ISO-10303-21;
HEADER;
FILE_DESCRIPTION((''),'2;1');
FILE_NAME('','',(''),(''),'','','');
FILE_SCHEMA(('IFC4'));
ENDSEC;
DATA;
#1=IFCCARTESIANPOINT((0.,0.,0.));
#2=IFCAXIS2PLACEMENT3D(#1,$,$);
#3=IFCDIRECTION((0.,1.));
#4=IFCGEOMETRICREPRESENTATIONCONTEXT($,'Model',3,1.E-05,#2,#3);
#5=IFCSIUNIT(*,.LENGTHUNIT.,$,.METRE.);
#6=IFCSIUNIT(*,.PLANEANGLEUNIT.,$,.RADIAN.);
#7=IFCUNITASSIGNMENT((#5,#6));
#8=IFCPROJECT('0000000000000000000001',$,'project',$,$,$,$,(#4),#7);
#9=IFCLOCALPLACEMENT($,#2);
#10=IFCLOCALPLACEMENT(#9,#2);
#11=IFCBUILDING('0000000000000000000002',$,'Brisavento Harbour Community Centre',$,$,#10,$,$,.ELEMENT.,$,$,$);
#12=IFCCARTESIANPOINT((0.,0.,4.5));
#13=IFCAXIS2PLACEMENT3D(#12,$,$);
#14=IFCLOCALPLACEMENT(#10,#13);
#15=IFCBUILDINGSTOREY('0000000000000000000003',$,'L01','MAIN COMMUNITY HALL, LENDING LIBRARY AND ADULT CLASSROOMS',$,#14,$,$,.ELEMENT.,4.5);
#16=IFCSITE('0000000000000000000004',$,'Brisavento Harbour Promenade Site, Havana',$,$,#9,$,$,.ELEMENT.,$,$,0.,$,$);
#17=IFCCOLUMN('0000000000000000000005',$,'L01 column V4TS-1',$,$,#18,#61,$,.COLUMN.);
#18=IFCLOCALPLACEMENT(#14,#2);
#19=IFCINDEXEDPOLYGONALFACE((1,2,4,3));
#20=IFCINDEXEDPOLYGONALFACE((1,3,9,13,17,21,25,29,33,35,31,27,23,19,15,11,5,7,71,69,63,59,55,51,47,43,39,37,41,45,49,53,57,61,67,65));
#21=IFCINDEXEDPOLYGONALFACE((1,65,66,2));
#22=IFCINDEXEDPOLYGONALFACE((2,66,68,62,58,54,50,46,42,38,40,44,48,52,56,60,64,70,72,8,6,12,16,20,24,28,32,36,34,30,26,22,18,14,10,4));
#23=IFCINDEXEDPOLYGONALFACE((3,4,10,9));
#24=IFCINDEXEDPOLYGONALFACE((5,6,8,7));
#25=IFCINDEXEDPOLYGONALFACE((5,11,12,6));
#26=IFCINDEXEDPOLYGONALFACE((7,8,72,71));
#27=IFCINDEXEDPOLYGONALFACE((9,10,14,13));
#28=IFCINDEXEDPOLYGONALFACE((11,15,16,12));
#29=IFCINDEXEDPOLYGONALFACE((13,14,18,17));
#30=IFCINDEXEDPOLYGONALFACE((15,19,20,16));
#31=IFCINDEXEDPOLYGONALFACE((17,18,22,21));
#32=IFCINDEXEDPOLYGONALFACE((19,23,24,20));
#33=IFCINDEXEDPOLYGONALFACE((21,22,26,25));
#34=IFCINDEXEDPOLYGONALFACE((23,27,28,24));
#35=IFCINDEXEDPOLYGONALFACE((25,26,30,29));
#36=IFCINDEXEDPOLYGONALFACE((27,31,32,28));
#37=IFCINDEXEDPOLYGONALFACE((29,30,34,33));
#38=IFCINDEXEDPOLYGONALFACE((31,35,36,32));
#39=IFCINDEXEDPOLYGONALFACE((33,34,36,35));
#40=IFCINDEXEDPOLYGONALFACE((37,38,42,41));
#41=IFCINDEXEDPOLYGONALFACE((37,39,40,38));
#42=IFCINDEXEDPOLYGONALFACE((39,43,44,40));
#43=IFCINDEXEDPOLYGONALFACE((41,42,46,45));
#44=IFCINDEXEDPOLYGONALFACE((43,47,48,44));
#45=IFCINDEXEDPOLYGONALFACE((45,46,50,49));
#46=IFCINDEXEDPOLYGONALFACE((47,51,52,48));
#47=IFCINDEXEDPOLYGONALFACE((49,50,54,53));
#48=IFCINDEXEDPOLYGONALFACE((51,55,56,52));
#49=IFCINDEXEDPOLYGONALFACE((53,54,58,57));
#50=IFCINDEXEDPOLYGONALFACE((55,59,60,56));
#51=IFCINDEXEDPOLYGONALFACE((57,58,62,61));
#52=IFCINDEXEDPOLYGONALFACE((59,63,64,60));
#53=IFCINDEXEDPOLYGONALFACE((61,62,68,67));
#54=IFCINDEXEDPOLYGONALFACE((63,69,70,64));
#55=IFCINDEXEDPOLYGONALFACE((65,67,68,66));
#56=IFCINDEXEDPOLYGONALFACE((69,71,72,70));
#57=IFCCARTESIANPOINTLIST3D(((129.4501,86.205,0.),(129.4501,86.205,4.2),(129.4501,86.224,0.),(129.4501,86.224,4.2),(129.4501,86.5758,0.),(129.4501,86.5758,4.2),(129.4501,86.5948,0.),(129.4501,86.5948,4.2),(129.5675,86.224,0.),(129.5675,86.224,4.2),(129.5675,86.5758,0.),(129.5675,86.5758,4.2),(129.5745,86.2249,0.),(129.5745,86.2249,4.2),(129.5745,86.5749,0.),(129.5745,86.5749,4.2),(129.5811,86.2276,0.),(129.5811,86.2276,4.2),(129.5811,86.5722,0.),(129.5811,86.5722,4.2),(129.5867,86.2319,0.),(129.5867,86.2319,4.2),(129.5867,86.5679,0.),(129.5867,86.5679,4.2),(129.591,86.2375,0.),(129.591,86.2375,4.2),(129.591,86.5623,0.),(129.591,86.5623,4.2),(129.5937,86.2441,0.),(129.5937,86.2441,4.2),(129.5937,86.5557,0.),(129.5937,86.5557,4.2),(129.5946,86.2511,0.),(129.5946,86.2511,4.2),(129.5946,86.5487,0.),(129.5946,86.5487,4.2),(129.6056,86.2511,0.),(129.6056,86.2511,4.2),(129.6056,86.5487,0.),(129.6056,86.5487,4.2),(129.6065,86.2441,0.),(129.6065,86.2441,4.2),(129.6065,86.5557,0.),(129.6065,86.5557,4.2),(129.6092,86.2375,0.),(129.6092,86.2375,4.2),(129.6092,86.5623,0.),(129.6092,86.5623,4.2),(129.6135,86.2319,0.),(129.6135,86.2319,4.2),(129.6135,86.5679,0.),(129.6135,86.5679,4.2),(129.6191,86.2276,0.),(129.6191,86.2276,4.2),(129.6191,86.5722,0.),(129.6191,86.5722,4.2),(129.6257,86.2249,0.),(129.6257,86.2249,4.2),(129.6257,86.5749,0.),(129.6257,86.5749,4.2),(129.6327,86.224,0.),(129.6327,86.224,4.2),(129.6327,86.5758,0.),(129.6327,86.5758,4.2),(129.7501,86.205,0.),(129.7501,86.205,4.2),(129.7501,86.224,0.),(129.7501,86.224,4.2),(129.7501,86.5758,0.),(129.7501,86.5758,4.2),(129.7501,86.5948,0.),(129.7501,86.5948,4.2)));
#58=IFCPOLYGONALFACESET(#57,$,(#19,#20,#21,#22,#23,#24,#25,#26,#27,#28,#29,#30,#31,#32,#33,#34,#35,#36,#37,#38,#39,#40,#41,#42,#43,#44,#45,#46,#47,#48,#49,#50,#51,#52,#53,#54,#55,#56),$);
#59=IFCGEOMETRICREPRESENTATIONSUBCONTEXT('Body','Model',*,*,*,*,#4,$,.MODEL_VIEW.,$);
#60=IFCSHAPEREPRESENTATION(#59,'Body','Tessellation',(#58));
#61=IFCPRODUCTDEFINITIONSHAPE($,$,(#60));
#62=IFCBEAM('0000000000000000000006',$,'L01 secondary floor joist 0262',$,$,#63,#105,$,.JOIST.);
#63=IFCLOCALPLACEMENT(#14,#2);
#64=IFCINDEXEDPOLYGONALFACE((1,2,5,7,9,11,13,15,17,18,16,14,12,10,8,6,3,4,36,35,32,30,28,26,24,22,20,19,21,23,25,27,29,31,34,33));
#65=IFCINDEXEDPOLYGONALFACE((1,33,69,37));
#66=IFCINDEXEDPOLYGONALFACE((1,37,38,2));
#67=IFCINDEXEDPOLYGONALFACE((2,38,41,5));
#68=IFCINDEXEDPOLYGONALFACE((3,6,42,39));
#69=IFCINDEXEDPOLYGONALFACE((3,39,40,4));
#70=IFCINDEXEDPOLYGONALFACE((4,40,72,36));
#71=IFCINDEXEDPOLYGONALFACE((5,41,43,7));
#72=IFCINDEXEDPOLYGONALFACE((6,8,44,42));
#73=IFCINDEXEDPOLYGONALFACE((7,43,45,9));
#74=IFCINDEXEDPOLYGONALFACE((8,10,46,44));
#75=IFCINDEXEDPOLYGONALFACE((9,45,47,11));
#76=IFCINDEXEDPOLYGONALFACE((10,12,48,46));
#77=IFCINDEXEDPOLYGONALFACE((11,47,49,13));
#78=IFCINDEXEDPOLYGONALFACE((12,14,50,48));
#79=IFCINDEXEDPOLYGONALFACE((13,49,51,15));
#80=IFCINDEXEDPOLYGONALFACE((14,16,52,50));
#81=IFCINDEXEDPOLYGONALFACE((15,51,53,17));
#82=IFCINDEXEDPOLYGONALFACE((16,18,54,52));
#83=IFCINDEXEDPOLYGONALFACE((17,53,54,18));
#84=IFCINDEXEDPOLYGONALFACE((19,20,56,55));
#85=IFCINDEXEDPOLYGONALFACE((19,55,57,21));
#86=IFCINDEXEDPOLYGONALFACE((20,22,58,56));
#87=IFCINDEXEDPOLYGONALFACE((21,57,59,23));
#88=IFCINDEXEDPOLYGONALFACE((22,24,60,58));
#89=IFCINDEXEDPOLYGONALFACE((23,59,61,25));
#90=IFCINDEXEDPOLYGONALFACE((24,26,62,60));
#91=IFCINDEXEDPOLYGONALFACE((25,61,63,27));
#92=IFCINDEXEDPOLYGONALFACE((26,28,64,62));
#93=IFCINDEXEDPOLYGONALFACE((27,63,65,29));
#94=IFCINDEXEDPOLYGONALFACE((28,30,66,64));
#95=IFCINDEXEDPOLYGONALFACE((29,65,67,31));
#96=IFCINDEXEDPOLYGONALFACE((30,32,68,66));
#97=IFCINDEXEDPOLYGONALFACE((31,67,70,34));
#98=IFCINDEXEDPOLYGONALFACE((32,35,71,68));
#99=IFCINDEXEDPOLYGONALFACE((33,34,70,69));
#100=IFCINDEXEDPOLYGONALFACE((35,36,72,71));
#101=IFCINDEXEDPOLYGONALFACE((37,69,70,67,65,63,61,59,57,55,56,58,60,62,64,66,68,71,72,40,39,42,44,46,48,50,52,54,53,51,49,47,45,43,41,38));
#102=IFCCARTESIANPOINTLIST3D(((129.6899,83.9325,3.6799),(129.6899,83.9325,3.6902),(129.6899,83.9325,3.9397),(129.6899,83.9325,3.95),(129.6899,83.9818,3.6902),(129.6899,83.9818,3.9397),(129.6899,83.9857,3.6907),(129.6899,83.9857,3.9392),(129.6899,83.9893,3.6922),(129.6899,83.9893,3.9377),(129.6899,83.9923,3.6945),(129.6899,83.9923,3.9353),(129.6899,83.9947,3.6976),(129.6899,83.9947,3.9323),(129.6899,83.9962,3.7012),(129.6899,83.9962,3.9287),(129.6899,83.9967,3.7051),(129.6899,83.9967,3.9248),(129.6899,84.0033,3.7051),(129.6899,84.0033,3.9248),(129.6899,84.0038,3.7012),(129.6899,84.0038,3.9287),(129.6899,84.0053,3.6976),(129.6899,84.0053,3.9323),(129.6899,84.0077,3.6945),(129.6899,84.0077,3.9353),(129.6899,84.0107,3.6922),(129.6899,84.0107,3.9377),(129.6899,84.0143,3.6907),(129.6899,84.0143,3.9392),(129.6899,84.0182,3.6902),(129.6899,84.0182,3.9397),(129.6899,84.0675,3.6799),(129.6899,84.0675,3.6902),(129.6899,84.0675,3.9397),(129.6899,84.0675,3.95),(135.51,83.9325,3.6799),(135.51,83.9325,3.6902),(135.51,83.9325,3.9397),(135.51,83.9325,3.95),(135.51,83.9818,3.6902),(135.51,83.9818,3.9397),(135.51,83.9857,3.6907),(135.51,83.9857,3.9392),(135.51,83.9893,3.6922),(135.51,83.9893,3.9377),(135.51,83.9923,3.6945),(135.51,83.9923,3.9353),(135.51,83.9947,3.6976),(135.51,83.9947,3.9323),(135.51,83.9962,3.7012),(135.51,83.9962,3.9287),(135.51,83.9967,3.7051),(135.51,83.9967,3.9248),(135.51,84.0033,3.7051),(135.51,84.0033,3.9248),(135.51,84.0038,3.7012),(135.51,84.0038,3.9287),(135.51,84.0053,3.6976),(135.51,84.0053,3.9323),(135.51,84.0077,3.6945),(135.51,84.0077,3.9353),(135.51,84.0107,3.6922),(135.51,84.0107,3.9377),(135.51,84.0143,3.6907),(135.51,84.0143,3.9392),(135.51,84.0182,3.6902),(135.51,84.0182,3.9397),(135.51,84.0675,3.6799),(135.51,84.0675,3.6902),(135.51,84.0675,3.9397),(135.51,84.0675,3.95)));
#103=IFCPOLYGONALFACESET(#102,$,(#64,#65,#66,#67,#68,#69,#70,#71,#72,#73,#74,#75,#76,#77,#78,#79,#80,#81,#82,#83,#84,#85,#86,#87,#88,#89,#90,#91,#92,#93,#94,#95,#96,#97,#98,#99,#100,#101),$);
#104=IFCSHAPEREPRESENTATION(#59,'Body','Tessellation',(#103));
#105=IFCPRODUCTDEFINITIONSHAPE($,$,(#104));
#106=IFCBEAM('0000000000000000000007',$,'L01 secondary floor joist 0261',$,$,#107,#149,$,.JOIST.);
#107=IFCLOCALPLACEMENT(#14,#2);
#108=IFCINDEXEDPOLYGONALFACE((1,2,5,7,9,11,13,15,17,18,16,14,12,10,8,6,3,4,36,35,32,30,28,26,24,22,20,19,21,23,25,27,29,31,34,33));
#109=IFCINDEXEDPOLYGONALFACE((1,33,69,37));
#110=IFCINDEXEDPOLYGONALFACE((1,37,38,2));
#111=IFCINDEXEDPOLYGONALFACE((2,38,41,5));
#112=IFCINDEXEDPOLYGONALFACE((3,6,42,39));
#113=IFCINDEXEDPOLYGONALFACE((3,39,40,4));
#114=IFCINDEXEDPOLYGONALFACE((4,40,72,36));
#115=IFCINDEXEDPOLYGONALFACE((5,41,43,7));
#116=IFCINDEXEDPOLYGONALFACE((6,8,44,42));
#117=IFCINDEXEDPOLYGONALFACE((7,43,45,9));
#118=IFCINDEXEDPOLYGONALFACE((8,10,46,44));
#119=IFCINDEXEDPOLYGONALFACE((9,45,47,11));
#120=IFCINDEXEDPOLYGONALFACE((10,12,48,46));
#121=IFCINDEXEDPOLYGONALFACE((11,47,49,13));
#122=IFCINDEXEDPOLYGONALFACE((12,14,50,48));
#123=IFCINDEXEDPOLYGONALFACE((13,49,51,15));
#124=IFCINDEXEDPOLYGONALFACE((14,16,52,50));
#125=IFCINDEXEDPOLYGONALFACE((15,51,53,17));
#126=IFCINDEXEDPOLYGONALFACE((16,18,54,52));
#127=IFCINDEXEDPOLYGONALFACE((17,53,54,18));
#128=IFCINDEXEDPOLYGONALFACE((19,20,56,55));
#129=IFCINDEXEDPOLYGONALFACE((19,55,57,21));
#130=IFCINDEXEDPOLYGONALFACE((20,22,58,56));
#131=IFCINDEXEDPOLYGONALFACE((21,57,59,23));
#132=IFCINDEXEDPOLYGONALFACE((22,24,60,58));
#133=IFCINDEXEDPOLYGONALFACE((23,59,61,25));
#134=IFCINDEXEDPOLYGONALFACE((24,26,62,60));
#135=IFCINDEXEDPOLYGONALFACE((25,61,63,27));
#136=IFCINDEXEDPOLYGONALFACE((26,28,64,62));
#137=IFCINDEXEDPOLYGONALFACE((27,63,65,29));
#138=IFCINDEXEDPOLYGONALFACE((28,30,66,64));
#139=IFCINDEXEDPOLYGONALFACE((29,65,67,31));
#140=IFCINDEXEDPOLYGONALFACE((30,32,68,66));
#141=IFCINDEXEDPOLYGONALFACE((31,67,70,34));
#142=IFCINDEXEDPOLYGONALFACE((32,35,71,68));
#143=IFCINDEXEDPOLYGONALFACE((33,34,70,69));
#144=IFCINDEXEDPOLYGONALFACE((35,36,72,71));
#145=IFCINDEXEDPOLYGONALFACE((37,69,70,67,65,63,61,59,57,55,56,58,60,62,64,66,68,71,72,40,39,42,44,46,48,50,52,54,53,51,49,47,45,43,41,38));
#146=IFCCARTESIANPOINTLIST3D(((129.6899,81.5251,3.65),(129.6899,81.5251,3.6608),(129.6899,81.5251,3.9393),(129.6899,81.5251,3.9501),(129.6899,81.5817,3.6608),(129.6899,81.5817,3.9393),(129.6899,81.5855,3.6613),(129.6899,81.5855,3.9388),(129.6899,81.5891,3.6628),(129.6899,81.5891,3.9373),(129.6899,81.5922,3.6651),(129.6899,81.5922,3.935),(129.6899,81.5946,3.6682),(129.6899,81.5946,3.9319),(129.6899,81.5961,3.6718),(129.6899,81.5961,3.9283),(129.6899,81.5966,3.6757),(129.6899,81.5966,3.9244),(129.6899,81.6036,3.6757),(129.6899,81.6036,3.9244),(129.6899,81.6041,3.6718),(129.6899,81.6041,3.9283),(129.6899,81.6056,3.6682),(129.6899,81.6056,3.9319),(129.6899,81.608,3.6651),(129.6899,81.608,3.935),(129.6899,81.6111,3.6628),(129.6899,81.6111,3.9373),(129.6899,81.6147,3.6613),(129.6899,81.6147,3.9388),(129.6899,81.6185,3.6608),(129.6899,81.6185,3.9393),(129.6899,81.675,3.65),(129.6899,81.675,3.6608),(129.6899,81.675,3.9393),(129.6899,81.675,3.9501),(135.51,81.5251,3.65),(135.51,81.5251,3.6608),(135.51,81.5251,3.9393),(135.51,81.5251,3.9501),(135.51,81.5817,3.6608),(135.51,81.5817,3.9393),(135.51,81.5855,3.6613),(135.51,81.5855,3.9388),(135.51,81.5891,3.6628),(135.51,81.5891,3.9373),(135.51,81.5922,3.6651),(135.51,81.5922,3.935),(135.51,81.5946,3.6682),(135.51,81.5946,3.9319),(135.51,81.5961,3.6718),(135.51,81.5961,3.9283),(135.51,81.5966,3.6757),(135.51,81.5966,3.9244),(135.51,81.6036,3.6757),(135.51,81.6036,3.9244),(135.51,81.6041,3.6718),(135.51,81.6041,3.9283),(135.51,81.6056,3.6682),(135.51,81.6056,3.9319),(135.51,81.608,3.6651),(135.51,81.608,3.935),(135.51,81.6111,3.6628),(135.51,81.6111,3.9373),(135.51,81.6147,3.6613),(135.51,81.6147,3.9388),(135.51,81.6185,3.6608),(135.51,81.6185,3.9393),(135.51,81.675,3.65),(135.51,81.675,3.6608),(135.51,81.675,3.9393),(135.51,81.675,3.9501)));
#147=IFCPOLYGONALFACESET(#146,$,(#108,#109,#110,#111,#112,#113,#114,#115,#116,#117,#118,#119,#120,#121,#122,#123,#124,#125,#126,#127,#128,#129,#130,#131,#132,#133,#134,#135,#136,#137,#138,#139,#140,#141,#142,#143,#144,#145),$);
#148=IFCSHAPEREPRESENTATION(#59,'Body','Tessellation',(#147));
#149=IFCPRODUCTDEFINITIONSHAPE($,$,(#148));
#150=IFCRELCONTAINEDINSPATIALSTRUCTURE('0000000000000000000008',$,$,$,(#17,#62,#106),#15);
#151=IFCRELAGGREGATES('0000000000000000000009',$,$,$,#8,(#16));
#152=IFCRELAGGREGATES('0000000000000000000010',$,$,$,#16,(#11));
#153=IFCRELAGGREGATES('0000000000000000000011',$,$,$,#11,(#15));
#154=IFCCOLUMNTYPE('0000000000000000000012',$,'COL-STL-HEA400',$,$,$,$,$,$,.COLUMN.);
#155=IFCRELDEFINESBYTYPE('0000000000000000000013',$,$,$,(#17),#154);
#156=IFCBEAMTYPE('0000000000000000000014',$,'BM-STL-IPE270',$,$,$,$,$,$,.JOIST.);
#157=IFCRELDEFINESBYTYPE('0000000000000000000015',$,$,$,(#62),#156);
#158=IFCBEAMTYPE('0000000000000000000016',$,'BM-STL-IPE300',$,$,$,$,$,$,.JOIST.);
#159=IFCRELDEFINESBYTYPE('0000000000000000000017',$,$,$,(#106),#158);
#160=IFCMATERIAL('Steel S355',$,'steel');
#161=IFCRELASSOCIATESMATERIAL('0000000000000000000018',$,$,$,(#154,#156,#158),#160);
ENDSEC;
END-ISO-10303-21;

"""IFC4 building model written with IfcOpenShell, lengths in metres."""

from ifc_helpers import new_model, si_unit, direction, frame, origin, origin_2d, place, context, subcontext, project, spatial, i_section, extrude, material, material_profile, profile_set, type_object, element, save


model = new_model("IFC4")

# Units and contexts
model_context = context("Model", 3, precision=1e-05, world=origin(), true_north=direction((0.0, 1.0)))
body_context = subcontext(model_context, "Body", "Model", "MODEL_VIEW")
ifc_project = project(units=[si_unit("LENGTHUNIT", "METRE"), si_unit("PLANEANGLEUNIT", "RADIAN")], contexts=[model_context])

# Site, building, storey
site_placement = place(None, origin())
site = spatial("IfcSite", under=ifc_project, at=site_placement, Name="Brisavento Harbour Promenade Site, Havana", CompositionType="ELEMENT", RefElevation=0.0)
building_placement = place(site_placement, origin())
building = spatial("IfcBuilding", under=site, at=building_placement, Name="Brisavento Harbour Community Centre", CompositionType="ELEMENT")
storey_placement = place(building_placement, frame((0.0, 0.0, 4.5)))
storey = spatial("IfcBuildingStorey", under=building, at=storey_placement, Name="L01", Description="MAIN COMMUNITY HALL, LENDING LIBRARY AND ADULT CLASSROOMS", CompositionType="ELEMENT", Elevation=4.5)

# Column
ifc_material_1 = material(Name="Steel S355", Category="steel")
ifc_material_profile_1 = material_profile(ifc_material_1, i_section(OverallWidth=0.3, OverallDepth=0.3899, WebThickness=0.011, FlangeThickness=0.019, FilletRadius=0.0271, at=origin_2d()), Name="Steel S355")
ifc_profile_set_1 = profile_set([ifc_material_profile_1], Name="Steel S355")
column_type = type_object("IfcColumnType", Name="COL-STL-HEA400", PredefinedType="COLUMN", material=ifc_profile_set_1)
column_placement = place(storey_placement, frame((129.6001, 86.3999, 0.0), z_axis=(0.0, 0.0, 1.0), x_axis=(1.0, 0.0, 0.0)))
element("IfcColumn", 1, at=column_placement, inside=storey, type_object=column_type, Name="L01 column V4TS-1", PredefinedType="COLUMN", context=body_context, shape_type="SweptSolid", body=[
    extrude(i_section(OverallWidth=0.3, OverallDepth=0.3899, WebThickness=0.011, FlangeThickness=0.019, FilletRadius=0.0271, at=origin_2d()), origin(), (0.0, 0.0, 1.0), 4.2),
])

# Beams
ifc_material_profile_2 = material_profile(ifc_material_1, i_section(OverallWidth=0.135, OverallDepth=0.27, WebThickness=0.0066, FlangeThickness=0.0103, FilletRadius=0.0149, at=origin_2d()), Name="Steel S355")
ifc_profile_set_2 = profile_set([ifc_material_profile_2], Name="Steel S355")
beam_type_1 = type_object("IfcBeamType", Name="BM-STL-IPE270", PredefinedType="JOIST", material=ifc_profile_set_2)
beam_1_placement = place(storey_placement, frame((129.6899, 84.0, 3.8149), z_axis=(1.0, 0.0, 0.0), x_axis=(0.0, 1.0, 0.0)))
element("IfcBeam", 2, at=beam_1_placement, inside=storey, type_object=beam_type_1, Name="L01 secondary floor joist 0262", PredefinedType="JOIST", context=body_context, shape_type="SweptSolid", body=[
    extrude(i_section(OverallWidth=0.135, OverallDepth=0.27, WebThickness=0.0066, FlangeThickness=0.0103, FilletRadius=0.0149, at=origin_2d()), origin(), (0.0, 0.0, 1.0), 5.8201),
])
ifc_material_profile_3 = material_profile(ifc_material_1, i_section(OverallWidth=0.1499, OverallDepth=0.3, WebThickness=0.0071, FlangeThickness=0.0107, FilletRadius=0.0149, at=origin_2d()), Name="Steel S355")
ifc_profile_set_3 = profile_set([ifc_material_profile_3], Name="Steel S355")
beam_type_2 = type_object("IfcBeamType", Name="BM-STL-IPE300", PredefinedType="JOIST", material=ifc_profile_set_3)
beam_2_placement = place(storey_placement, frame((129.6899, 81.6001, 3.8), z_axis=(1.0, 0.0, 0.0), x_axis=(0.0, 1.0, 0.0)))
element("IfcBeam", 3, at=beam_2_placement, inside=storey, type_object=beam_type_2, Name="L01 secondary floor joist 0261", PredefinedType="JOIST", context=body_context, shape_type="SweptSolid", body=[
    extrude(i_section(OverallWidth=0.1499, OverallDepth=0.3, WebThickness=0.0071, FlangeThickness=0.0107, FilletRadius=0.0149, at=origin_2d()), origin(), (0.0, 0.0, 1.0), 5.8201),
])

save(model, "model.ifc")
